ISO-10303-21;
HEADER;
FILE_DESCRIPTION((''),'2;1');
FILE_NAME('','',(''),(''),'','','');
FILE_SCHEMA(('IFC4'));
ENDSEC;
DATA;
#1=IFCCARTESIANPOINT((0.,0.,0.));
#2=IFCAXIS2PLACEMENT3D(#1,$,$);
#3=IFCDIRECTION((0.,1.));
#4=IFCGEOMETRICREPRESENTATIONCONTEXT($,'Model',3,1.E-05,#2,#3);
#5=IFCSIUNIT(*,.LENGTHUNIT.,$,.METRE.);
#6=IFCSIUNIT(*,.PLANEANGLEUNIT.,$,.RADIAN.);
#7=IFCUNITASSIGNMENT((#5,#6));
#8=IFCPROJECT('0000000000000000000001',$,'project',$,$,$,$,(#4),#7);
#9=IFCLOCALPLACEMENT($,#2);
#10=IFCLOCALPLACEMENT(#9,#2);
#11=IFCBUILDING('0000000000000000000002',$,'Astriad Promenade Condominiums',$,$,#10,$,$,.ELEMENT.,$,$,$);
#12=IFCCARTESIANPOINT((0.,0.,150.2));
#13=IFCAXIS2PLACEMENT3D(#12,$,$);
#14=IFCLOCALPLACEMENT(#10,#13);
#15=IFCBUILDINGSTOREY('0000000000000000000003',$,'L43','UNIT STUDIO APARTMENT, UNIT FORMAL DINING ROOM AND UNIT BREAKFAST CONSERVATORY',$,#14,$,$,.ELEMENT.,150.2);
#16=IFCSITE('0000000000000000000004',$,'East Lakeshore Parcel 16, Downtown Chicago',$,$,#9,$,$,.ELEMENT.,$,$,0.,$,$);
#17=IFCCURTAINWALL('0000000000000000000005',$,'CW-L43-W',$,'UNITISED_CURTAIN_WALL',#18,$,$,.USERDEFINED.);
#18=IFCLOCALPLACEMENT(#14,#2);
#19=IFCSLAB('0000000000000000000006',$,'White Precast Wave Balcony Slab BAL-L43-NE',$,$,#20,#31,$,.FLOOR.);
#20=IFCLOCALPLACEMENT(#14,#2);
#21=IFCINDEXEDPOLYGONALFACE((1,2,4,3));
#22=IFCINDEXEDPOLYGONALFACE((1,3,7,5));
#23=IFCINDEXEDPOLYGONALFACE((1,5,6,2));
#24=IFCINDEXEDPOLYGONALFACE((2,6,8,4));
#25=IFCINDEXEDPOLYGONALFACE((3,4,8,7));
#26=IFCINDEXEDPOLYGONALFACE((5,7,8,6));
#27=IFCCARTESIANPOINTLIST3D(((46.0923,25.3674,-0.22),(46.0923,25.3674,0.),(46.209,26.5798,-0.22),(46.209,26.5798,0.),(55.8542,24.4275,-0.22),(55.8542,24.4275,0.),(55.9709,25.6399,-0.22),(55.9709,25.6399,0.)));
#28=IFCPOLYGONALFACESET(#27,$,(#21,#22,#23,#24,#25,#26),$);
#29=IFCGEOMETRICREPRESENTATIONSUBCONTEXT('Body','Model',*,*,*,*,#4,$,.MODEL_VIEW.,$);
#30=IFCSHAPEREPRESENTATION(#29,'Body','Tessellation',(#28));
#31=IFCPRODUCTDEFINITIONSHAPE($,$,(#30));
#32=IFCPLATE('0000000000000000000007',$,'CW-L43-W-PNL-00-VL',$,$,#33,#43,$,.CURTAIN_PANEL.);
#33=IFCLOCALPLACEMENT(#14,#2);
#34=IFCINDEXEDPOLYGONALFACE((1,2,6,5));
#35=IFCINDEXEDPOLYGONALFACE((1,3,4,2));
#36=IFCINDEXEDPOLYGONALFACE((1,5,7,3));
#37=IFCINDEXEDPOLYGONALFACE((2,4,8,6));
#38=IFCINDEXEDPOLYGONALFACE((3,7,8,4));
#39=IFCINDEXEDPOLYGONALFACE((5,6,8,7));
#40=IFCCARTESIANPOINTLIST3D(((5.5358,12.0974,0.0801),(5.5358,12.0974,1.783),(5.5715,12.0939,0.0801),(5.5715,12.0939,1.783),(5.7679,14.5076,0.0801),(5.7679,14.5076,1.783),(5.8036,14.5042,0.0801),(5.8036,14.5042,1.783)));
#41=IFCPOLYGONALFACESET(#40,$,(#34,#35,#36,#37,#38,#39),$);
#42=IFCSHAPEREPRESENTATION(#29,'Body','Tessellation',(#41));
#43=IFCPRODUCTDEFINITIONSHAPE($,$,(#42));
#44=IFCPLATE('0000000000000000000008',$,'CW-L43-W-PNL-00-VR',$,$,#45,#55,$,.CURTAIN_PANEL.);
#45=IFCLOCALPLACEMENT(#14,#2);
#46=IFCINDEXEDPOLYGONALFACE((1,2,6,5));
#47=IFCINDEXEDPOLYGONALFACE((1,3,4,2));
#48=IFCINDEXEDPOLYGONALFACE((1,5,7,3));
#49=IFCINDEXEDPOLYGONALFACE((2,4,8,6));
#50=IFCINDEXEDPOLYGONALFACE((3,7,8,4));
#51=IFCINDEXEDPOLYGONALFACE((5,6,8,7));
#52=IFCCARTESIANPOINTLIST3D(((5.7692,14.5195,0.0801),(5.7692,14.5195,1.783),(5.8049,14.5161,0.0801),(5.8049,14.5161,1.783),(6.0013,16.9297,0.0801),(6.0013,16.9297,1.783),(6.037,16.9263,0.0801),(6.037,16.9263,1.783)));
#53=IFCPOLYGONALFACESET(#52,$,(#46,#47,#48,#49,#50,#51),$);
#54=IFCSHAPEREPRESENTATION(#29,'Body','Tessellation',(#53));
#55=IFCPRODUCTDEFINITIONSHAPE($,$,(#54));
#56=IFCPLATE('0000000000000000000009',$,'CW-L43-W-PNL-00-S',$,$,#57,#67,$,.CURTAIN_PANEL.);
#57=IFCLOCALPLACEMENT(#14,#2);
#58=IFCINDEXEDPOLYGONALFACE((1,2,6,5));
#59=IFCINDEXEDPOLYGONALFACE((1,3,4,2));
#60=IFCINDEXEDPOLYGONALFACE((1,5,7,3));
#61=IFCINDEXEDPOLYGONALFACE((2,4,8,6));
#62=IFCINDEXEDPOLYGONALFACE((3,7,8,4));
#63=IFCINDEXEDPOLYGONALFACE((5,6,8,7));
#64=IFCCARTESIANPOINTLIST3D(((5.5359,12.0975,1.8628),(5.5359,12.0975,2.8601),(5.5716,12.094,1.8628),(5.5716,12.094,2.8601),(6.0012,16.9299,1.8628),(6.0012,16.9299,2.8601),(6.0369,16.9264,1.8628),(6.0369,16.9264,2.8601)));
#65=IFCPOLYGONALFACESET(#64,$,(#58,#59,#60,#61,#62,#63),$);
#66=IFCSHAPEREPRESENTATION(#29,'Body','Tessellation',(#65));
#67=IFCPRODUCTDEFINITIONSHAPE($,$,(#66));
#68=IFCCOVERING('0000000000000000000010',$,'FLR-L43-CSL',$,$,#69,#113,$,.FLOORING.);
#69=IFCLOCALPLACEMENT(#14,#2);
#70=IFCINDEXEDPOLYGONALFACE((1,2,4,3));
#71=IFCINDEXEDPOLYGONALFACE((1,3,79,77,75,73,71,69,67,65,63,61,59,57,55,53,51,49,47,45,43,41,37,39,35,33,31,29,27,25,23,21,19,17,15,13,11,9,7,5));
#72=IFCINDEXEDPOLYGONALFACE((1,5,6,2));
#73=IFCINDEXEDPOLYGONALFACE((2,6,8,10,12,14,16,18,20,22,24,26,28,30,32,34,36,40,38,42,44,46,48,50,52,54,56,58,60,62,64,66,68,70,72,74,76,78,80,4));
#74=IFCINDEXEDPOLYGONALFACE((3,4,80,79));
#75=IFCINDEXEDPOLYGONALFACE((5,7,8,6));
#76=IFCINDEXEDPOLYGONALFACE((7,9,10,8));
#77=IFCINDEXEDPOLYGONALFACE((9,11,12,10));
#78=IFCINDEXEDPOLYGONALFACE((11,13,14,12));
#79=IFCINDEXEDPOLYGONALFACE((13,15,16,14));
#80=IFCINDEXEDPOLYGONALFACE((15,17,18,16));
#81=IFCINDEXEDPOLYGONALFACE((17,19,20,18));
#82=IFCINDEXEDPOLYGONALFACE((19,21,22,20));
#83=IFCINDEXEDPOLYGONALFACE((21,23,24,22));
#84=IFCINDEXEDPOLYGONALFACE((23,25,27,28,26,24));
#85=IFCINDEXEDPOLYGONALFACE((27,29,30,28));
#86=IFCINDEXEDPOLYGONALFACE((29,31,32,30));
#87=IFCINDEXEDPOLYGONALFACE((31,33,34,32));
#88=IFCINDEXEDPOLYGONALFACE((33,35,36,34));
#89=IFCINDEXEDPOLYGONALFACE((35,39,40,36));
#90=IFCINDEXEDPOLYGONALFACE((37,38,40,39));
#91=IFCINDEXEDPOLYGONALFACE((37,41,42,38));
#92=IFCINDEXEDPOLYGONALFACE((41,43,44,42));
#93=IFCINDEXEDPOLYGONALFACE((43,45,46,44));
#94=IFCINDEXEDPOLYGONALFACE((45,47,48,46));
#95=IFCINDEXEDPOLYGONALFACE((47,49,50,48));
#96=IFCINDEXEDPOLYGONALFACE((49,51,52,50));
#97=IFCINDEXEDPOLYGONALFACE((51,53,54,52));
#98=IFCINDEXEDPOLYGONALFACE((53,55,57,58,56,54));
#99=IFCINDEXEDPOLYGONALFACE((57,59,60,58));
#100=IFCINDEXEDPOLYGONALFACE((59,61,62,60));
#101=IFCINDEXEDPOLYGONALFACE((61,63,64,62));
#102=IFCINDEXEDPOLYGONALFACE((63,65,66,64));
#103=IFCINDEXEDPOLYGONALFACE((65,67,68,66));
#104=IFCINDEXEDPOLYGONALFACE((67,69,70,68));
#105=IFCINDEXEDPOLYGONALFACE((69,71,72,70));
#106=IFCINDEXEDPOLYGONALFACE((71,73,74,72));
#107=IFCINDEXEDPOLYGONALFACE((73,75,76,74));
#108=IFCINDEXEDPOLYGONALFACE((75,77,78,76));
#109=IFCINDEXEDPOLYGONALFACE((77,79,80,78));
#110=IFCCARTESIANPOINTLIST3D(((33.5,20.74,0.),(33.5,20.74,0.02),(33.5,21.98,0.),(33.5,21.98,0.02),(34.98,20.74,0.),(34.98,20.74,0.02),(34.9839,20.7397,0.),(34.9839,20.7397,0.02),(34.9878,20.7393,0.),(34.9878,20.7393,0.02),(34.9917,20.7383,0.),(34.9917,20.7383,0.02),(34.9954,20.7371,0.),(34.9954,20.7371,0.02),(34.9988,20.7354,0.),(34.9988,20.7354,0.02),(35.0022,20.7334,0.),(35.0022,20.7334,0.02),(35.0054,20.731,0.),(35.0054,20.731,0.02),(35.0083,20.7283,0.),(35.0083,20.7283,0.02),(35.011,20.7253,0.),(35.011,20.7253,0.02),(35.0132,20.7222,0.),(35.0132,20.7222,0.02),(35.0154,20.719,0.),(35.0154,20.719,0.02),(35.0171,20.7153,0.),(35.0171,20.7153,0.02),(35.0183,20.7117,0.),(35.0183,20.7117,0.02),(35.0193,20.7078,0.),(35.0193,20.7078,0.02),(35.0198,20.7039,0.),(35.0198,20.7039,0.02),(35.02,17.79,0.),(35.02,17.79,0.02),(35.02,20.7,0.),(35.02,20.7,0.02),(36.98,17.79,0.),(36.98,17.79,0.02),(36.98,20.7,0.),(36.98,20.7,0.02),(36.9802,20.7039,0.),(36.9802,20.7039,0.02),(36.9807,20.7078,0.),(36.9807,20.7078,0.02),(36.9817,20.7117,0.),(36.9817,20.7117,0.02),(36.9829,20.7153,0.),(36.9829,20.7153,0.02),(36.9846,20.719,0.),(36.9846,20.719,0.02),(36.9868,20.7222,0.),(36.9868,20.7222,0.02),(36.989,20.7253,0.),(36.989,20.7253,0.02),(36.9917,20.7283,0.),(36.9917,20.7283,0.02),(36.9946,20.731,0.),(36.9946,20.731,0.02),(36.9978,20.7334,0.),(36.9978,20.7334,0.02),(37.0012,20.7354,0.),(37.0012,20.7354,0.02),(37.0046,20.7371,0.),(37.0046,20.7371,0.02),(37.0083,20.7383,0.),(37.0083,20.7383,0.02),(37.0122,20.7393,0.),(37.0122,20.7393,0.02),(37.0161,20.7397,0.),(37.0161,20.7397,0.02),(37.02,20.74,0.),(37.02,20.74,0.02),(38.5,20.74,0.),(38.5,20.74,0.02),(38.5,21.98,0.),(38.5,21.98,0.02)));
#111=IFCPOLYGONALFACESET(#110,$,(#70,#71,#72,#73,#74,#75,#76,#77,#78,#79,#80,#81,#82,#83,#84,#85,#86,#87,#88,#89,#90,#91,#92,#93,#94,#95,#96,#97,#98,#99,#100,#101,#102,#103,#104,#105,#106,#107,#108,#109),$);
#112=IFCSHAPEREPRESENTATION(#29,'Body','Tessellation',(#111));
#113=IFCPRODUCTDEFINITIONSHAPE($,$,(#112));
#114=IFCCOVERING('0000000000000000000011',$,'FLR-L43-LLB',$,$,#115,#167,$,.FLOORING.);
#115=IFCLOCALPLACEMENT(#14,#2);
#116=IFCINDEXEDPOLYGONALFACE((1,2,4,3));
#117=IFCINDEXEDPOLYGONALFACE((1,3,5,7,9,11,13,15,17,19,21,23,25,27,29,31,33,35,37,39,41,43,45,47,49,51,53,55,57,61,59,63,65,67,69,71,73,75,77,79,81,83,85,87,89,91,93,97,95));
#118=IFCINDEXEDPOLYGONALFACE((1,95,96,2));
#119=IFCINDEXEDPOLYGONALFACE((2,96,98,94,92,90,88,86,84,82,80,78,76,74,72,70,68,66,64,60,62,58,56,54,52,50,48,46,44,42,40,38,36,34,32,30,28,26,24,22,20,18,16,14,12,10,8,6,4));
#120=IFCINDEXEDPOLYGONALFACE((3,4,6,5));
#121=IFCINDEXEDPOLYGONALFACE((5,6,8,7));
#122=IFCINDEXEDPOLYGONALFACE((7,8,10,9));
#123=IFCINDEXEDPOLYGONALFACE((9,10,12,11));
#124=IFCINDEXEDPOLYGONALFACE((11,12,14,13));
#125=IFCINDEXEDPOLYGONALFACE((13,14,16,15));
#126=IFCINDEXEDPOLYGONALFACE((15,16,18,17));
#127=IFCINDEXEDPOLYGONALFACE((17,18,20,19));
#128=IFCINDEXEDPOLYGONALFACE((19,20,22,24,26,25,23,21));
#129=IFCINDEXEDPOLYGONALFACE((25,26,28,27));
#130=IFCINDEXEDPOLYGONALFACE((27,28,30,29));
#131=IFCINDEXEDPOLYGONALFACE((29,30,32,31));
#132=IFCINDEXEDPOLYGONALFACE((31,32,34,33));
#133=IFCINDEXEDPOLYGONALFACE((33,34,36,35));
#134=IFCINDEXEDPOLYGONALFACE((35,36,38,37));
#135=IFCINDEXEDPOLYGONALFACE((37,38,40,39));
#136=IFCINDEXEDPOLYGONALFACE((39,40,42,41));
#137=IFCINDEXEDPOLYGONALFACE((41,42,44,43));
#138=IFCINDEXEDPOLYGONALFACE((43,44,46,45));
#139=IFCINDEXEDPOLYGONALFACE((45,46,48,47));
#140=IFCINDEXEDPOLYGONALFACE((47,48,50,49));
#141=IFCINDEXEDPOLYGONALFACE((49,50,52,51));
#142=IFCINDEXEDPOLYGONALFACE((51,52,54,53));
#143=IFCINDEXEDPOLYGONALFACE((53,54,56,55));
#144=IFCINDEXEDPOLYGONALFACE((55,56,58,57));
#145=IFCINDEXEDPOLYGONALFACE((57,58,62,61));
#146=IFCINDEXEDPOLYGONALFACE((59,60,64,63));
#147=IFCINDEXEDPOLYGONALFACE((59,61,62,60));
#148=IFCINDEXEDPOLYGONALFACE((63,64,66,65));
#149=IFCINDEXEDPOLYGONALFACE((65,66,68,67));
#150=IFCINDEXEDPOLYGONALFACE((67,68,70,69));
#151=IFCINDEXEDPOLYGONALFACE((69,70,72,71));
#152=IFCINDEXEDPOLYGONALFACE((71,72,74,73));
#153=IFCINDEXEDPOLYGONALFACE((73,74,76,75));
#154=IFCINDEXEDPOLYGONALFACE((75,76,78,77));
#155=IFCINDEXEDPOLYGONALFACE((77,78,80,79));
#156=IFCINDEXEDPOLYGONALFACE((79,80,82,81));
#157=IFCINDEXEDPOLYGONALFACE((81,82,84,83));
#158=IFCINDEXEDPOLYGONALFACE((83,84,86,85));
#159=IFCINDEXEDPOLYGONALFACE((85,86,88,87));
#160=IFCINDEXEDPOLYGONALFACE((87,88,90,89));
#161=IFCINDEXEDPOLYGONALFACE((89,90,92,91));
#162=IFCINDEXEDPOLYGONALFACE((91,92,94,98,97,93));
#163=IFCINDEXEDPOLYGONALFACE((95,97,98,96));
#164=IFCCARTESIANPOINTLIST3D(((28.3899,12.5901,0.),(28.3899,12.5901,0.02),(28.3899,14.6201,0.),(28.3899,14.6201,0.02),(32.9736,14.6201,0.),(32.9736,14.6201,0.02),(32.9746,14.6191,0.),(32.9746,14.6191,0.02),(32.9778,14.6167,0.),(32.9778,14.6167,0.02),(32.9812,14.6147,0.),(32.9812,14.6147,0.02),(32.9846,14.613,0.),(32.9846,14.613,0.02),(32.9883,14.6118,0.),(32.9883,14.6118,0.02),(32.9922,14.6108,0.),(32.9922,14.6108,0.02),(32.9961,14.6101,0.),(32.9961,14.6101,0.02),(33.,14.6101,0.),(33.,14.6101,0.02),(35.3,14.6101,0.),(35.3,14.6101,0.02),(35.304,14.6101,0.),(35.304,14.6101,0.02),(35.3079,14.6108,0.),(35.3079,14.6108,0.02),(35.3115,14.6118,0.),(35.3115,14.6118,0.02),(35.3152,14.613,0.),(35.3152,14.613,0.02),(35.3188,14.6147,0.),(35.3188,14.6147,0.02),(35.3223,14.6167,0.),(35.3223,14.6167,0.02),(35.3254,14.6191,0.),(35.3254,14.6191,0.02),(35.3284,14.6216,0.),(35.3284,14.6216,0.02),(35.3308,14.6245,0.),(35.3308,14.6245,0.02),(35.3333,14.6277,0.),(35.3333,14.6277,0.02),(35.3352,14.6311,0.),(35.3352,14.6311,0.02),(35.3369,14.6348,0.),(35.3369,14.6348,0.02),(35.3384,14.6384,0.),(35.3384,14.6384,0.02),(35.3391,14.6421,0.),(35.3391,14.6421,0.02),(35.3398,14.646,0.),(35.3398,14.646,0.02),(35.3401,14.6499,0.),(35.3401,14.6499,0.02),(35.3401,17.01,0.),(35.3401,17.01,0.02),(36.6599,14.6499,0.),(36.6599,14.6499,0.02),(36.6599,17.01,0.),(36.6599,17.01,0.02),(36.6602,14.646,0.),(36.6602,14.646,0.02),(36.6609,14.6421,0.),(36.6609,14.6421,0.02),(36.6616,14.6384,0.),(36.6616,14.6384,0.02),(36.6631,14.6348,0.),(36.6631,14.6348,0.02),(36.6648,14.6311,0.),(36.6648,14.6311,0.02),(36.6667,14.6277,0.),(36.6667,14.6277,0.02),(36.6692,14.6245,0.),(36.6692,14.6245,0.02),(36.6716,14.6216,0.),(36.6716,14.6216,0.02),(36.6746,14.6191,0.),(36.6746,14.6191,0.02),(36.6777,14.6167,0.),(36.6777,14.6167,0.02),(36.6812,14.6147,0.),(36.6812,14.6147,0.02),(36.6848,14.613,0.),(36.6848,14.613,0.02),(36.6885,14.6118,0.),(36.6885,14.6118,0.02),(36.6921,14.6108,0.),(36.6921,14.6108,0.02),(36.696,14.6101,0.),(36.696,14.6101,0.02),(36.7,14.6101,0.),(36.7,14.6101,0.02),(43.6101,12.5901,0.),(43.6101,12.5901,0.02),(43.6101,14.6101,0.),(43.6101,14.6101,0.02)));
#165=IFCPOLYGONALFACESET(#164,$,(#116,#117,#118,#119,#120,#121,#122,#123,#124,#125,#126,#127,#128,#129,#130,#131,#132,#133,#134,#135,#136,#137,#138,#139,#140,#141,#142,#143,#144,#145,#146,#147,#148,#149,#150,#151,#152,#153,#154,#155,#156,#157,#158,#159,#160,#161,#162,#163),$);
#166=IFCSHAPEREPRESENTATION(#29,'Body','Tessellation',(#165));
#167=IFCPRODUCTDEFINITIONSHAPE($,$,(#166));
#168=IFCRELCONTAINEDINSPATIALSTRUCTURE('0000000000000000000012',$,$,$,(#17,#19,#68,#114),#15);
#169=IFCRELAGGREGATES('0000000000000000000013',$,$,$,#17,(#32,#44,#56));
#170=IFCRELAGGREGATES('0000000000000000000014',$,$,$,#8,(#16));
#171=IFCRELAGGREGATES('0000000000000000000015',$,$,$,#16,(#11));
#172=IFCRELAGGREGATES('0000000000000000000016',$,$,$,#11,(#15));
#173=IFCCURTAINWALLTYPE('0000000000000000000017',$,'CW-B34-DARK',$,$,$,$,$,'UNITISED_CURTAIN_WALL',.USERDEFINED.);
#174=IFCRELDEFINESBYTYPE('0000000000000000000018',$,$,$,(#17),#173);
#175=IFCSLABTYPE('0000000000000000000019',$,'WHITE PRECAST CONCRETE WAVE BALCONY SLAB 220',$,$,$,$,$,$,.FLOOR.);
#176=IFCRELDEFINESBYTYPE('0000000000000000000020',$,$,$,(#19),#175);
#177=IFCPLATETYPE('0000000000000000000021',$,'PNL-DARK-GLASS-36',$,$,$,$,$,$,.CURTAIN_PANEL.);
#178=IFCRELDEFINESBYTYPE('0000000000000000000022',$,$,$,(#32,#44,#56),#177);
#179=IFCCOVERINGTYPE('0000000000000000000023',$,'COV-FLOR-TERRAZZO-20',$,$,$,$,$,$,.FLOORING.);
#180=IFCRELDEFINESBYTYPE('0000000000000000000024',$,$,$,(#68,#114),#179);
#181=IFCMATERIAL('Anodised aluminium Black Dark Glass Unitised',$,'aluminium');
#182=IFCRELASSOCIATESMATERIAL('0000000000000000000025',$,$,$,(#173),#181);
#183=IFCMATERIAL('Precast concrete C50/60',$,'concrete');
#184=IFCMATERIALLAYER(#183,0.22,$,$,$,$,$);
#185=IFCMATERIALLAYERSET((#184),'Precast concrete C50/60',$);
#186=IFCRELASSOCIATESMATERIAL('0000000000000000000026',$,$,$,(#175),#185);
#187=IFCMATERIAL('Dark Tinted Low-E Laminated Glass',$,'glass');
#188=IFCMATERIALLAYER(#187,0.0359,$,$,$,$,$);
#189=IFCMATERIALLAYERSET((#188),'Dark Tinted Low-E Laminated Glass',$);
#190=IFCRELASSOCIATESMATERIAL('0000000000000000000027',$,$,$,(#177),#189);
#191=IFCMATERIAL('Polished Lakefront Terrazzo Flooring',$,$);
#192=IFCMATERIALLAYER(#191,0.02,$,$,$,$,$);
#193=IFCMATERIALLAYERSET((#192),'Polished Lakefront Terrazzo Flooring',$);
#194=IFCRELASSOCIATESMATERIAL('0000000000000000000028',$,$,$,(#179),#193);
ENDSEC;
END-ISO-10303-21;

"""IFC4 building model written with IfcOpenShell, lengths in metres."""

from ifc_helpers import new_model, si_unit, direction, frame, origin, origin_2d, place, context, subcontext, project, spatial, polyline, rectangle, outline, extrude, source, transform, mapped, material, layer, layer_set, type_object, type_shapes, element, aggregate, save


model = new_model("IFC4")

# Units and contexts
model_context = context("Model", 3, precision=1e-05, world=origin(), true_north=direction((0.0, 1.0)))
body_context = subcontext(model_context, "Body", "Model", "MODEL_VIEW")
ifc_project = project(units=[si_unit("LENGTHUNIT", "METRE"), si_unit("PLANEANGLEUNIT", "RADIAN")], contexts=[model_context])

# Site, building, storey
site_placement = place(None, origin())
site = spatial("IfcSite", under=ifc_project, at=site_placement, Name="East Lakeshore Parcel 16, Downtown Chicago", CompositionType="ELEMENT", RefElevation=0.0)
building_placement = place(site_placement, origin())
building = spatial("IfcBuilding", under=site, at=building_placement, Name="Astriad Promenade Condominiums", CompositionType="ELEMENT")
storey_placement = place(building_placement, frame((0.0, 0.0, 150.2)))
storey = spatial("IfcBuildingStorey", under=building, at=storey_placement, Name="L43", Description="UNIT STUDIO APARTMENT, UNIT FORMAL DINING ROOM AND UNIT BREAKFAST CONSERVATORY", CompositionType="ELEMENT", Elevation=150.2)

# Curtain wall
ifc_material_1 = material(Name="Anodised aluminium Black Dark Glass Unitised", Category="aluminium")
curtain_wall_type = type_object("IfcCurtainWallType", Name="CW-B34-DARK", ElementType="UNITISED_CURTAIN_WALL", PredefinedType="USERDEFINED", material=ifc_material_1)
curtain_wall_placement = place(storey_placement, origin())
curtain_wall = element("IfcCurtainWall", 1, at=curtain_wall_placement, inside=storey, type_object=curtain_wall_type, Name="CW-L43-W", ObjectType="UNITISED_CURTAIN_WALL", PredefinedType="USERDEFINED")

# Slab
ifc_material_2 = material(Name="Precast concrete C50/60", Category="concrete")
ifc_layer_1 = layer(ifc_material_2, 0.22)
ifc_layer_set_1 = layer_set([ifc_layer_1], Name="Precast concrete C50/60")
slab_type_1 = type_object("IfcSlabType", Name="WHITE PRECAST CONCRETE WAVE BALCONY SLAB 220", PredefinedType="FLOOR", material=ifc_layer_set_1)
slab_1_placement = place(storey_placement, frame((0.0, 0.0, -0.22)))
element("IfcSlab", 2, at=slab_1_placement, inside=storey, type_object=slab_type_1, Name="White Precast Wave Balcony Slab BAL-L43-NE", PredefinedType="FLOOR", context=body_context, shape_type="SweptSolid", body=[
    extrude(outline(polyline([(46.209, 26.5798), (55.9709, 25.6399), (55.8542, 24.4275), (46.0923, 25.3674), (46.209, 26.5798)])), origin(), (0.0, 0.0, 1.0), 0.22),
])

# Plates
ifc_material_3 = material(Name="Dark Tinted Low-E Laminated Glass", Category="glass")
ifc_layer_2 = layer(ifc_material_3, 0.0359)
ifc_layer_set_2 = layer_set([ifc_layer_2], Name="Dark Tinted Low-E Laminated Glass")
plate_type = type_object("IfcPlateType", Name="PNL-DARK-GLASS-36", PredefinedType="CURTAIN_PANEL", material=ifc_layer_set_2)
shared_shape_1 = source(origin(), body_context, "Body", "SweptSolid", [
    extrude(rectangle(XDim=2.4214, YDim=0.0359, at=origin_2d()), origin(), (0.0, 0.0, 1.0), 1.7029),
])
plate_1_placement = place(storey_placement, frame((5.6697, 13.3008, 0.0801), z_axis=(0.0, 0.0, 1.0), x_axis=(0.095846, 0.995396, 0.0)))
plate_1 = element("IfcPlate", 3, at=plate_1_placement, type_object=plate_type, Name="CW-L43-W-PNL-00-VL", PredefinedType="CURTAIN_PANEL", context=body_context, shape_type="MappedRepresentation", body=[
    mapped(shared_shape_1, transform((0.0, 0.0, 0.0), scale=1.0)),
])
plate_2_placement = place(storey_placement, frame((5.9031, 15.7229, 0.0801), z_axis=(0.0, 0.0, 1.0), x_axis=(0.095846, 0.995396, 0.0)))
plate_2 = element("IfcPlate", 4, at=plate_2_placement, type_object=plate_type, Name="CW-L43-W-PNL-00-VR", PredefinedType="CURTAIN_PANEL", context=body_context, shape_type="MappedRepresentation", body=[
    mapped(shared_shape_1, transform((0.0, 0.0, 0.0), scale=1.0)),
])
shared_shape_2 = source(origin(), body_context, "Body", "SweptSolid", [
    extrude(rectangle(XDim=4.8547, YDim=0.0359, at=origin_2d()), origin(), (0.0, 0.0, 1.0), 0.9973),
])
type_shapes(plate_type, [shared_shape_1, shared_shape_2])
plate_3_placement = place(storey_placement, frame((5.7864, 14.512, 1.8628), z_axis=(0.0, 0.0, 1.0), x_axis=(0.095846, 0.995396, 0.0)))
plate_3 = element("IfcPlate", 5, at=plate_3_placement, type_object=plate_type, Name="CW-L43-W-PNL-00-S", PredefinedType="CURTAIN_PANEL", context=body_context, shape_type="MappedRepresentation", body=[
    mapped(shared_shape_2, transform((0.0, 0.0, 0.0), scale=1.0)),
])
aggregate(curtain_wall, [plate_1, plate_2, plate_3])

# Coverings
ifc_material_4 = material(Name="Polished Lakefront Terrazzo Flooring")
ifc_layer_3 = layer(ifc_material_4, 0.02)
ifc_layer_set_3 = layer_set([ifc_layer_3], Name="Polished Lakefront Terrazzo Flooring")
covering_type = type_object("IfcCoveringType", Name="COV-FLOR-TERRAZZO-20", PredefinedType="FLOORING", material=ifc_layer_set_3)
covering_1_placement = place(storey_placement, origin())
element("IfcCovering", 6, at=covering_1_placement, inside=storey, type_object=covering_type, Name="FLR-L43-CSL", PredefinedType="FLOORING", context=body_context, shape_type="SweptSolid", body=[
    extrude(outline(polyline([(36.98, 20.7), (36.98, 17.79), (35.02, 17.79), (35.02, 20.7), (35.0198, 20.7039), (35.0193, 20.7078), (35.0183, 20.7117), (35.0171, 20.7153), (35.0154, 20.719), (35.0132, 20.7222), (35.011, 20.7253), (35.0083, 20.7283), (35.0054, 20.731), (35.0022, 20.7334), (34.9988, 20.7354), (34.9954, 20.7371), (34.9917, 20.7383), (34.9878, 20.7393), (34.9839, 20.7397), (34.98, 20.74), (33.5, 20.74), (33.5, 21.98), (38.5, 21.98), (38.5, 20.74), (37.02, 20.74), (37.0161, 20.7397), (37.0122, 20.7393), (37.0083, 20.7383), (37.0046, 20.7371), (37.0012, 20.7354), (36.9978, 20.7334), (36.9946, 20.731), (36.9917, 20.7283), (36.989, 20.7253), (36.9868, 20.7222), (36.9846, 20.719), (36.9829, 20.7153), (36.9817, 20.7117), (36.9807, 20.7078), (36.9802, 20.7039), (36.98, 20.7)])), origin(), (0.0, 0.0, 1.0), 0.02),
])
covering_2_placement = place(storey_placement, origin())
element("IfcCovering", 7, at=covering_2_placement, inside=storey, type_object=covering_type, Name="FLR-L43-LLB", PredefinedType="FLOORING", context=body_context, shape_type="SweptSolid", body=[
    extrude(outline(polyline([(32.9736, 14.6201), (32.9746, 14.6191), (32.9778, 14.6167), (32.9812, 14.6147), (32.9846, 14.613), (32.9883, 14.6118), (32.9922, 14.6108), (32.9961, 14.6101), (33.0, 14.6101), (35.3, 14.6101), (35.304, 14.6101), (35.3079, 14.6108), (35.3115, 14.6118), (35.3152, 14.613), (35.3188, 14.6147), (35.3223, 14.6167), (35.3254, 14.6191), (35.3284, 14.6216), (35.3308, 14.6245), (35.3333, 14.6277), (35.3352, 14.6311), (35.3369, 14.6348), (35.3384, 14.6384), (35.3391, 14.6421), (35.3398, 14.646), (35.3401, 14.6499), (35.3401, 17.01), (36.6599, 17.01), (36.6599, 14.6499), (36.6602, 14.646), (36.6609, 14.6421), (36.6616, 14.6384), (36.6631, 14.6348), (36.6648, 14.6311), (36.6667, 14.6277), (36.6692, 14.6245), (36.6716, 14.6216), (36.6746, 14.6191), (36.6777, 14.6167), (36.6812, 14.6147), (36.6848, 14.613), (36.6885, 14.6118), (36.6921, 14.6108), (36.696, 14.6101), (36.7, 14.6101), (43.6101, 14.6101), (43.6101, 12.5901), (28.3899, 12.5901), (28.3899, 14.6201), (32.9736, 14.6201)])), origin(), (0.0, 0.0, 1.0), 0.02),
])

save(model, "model.ifc")
